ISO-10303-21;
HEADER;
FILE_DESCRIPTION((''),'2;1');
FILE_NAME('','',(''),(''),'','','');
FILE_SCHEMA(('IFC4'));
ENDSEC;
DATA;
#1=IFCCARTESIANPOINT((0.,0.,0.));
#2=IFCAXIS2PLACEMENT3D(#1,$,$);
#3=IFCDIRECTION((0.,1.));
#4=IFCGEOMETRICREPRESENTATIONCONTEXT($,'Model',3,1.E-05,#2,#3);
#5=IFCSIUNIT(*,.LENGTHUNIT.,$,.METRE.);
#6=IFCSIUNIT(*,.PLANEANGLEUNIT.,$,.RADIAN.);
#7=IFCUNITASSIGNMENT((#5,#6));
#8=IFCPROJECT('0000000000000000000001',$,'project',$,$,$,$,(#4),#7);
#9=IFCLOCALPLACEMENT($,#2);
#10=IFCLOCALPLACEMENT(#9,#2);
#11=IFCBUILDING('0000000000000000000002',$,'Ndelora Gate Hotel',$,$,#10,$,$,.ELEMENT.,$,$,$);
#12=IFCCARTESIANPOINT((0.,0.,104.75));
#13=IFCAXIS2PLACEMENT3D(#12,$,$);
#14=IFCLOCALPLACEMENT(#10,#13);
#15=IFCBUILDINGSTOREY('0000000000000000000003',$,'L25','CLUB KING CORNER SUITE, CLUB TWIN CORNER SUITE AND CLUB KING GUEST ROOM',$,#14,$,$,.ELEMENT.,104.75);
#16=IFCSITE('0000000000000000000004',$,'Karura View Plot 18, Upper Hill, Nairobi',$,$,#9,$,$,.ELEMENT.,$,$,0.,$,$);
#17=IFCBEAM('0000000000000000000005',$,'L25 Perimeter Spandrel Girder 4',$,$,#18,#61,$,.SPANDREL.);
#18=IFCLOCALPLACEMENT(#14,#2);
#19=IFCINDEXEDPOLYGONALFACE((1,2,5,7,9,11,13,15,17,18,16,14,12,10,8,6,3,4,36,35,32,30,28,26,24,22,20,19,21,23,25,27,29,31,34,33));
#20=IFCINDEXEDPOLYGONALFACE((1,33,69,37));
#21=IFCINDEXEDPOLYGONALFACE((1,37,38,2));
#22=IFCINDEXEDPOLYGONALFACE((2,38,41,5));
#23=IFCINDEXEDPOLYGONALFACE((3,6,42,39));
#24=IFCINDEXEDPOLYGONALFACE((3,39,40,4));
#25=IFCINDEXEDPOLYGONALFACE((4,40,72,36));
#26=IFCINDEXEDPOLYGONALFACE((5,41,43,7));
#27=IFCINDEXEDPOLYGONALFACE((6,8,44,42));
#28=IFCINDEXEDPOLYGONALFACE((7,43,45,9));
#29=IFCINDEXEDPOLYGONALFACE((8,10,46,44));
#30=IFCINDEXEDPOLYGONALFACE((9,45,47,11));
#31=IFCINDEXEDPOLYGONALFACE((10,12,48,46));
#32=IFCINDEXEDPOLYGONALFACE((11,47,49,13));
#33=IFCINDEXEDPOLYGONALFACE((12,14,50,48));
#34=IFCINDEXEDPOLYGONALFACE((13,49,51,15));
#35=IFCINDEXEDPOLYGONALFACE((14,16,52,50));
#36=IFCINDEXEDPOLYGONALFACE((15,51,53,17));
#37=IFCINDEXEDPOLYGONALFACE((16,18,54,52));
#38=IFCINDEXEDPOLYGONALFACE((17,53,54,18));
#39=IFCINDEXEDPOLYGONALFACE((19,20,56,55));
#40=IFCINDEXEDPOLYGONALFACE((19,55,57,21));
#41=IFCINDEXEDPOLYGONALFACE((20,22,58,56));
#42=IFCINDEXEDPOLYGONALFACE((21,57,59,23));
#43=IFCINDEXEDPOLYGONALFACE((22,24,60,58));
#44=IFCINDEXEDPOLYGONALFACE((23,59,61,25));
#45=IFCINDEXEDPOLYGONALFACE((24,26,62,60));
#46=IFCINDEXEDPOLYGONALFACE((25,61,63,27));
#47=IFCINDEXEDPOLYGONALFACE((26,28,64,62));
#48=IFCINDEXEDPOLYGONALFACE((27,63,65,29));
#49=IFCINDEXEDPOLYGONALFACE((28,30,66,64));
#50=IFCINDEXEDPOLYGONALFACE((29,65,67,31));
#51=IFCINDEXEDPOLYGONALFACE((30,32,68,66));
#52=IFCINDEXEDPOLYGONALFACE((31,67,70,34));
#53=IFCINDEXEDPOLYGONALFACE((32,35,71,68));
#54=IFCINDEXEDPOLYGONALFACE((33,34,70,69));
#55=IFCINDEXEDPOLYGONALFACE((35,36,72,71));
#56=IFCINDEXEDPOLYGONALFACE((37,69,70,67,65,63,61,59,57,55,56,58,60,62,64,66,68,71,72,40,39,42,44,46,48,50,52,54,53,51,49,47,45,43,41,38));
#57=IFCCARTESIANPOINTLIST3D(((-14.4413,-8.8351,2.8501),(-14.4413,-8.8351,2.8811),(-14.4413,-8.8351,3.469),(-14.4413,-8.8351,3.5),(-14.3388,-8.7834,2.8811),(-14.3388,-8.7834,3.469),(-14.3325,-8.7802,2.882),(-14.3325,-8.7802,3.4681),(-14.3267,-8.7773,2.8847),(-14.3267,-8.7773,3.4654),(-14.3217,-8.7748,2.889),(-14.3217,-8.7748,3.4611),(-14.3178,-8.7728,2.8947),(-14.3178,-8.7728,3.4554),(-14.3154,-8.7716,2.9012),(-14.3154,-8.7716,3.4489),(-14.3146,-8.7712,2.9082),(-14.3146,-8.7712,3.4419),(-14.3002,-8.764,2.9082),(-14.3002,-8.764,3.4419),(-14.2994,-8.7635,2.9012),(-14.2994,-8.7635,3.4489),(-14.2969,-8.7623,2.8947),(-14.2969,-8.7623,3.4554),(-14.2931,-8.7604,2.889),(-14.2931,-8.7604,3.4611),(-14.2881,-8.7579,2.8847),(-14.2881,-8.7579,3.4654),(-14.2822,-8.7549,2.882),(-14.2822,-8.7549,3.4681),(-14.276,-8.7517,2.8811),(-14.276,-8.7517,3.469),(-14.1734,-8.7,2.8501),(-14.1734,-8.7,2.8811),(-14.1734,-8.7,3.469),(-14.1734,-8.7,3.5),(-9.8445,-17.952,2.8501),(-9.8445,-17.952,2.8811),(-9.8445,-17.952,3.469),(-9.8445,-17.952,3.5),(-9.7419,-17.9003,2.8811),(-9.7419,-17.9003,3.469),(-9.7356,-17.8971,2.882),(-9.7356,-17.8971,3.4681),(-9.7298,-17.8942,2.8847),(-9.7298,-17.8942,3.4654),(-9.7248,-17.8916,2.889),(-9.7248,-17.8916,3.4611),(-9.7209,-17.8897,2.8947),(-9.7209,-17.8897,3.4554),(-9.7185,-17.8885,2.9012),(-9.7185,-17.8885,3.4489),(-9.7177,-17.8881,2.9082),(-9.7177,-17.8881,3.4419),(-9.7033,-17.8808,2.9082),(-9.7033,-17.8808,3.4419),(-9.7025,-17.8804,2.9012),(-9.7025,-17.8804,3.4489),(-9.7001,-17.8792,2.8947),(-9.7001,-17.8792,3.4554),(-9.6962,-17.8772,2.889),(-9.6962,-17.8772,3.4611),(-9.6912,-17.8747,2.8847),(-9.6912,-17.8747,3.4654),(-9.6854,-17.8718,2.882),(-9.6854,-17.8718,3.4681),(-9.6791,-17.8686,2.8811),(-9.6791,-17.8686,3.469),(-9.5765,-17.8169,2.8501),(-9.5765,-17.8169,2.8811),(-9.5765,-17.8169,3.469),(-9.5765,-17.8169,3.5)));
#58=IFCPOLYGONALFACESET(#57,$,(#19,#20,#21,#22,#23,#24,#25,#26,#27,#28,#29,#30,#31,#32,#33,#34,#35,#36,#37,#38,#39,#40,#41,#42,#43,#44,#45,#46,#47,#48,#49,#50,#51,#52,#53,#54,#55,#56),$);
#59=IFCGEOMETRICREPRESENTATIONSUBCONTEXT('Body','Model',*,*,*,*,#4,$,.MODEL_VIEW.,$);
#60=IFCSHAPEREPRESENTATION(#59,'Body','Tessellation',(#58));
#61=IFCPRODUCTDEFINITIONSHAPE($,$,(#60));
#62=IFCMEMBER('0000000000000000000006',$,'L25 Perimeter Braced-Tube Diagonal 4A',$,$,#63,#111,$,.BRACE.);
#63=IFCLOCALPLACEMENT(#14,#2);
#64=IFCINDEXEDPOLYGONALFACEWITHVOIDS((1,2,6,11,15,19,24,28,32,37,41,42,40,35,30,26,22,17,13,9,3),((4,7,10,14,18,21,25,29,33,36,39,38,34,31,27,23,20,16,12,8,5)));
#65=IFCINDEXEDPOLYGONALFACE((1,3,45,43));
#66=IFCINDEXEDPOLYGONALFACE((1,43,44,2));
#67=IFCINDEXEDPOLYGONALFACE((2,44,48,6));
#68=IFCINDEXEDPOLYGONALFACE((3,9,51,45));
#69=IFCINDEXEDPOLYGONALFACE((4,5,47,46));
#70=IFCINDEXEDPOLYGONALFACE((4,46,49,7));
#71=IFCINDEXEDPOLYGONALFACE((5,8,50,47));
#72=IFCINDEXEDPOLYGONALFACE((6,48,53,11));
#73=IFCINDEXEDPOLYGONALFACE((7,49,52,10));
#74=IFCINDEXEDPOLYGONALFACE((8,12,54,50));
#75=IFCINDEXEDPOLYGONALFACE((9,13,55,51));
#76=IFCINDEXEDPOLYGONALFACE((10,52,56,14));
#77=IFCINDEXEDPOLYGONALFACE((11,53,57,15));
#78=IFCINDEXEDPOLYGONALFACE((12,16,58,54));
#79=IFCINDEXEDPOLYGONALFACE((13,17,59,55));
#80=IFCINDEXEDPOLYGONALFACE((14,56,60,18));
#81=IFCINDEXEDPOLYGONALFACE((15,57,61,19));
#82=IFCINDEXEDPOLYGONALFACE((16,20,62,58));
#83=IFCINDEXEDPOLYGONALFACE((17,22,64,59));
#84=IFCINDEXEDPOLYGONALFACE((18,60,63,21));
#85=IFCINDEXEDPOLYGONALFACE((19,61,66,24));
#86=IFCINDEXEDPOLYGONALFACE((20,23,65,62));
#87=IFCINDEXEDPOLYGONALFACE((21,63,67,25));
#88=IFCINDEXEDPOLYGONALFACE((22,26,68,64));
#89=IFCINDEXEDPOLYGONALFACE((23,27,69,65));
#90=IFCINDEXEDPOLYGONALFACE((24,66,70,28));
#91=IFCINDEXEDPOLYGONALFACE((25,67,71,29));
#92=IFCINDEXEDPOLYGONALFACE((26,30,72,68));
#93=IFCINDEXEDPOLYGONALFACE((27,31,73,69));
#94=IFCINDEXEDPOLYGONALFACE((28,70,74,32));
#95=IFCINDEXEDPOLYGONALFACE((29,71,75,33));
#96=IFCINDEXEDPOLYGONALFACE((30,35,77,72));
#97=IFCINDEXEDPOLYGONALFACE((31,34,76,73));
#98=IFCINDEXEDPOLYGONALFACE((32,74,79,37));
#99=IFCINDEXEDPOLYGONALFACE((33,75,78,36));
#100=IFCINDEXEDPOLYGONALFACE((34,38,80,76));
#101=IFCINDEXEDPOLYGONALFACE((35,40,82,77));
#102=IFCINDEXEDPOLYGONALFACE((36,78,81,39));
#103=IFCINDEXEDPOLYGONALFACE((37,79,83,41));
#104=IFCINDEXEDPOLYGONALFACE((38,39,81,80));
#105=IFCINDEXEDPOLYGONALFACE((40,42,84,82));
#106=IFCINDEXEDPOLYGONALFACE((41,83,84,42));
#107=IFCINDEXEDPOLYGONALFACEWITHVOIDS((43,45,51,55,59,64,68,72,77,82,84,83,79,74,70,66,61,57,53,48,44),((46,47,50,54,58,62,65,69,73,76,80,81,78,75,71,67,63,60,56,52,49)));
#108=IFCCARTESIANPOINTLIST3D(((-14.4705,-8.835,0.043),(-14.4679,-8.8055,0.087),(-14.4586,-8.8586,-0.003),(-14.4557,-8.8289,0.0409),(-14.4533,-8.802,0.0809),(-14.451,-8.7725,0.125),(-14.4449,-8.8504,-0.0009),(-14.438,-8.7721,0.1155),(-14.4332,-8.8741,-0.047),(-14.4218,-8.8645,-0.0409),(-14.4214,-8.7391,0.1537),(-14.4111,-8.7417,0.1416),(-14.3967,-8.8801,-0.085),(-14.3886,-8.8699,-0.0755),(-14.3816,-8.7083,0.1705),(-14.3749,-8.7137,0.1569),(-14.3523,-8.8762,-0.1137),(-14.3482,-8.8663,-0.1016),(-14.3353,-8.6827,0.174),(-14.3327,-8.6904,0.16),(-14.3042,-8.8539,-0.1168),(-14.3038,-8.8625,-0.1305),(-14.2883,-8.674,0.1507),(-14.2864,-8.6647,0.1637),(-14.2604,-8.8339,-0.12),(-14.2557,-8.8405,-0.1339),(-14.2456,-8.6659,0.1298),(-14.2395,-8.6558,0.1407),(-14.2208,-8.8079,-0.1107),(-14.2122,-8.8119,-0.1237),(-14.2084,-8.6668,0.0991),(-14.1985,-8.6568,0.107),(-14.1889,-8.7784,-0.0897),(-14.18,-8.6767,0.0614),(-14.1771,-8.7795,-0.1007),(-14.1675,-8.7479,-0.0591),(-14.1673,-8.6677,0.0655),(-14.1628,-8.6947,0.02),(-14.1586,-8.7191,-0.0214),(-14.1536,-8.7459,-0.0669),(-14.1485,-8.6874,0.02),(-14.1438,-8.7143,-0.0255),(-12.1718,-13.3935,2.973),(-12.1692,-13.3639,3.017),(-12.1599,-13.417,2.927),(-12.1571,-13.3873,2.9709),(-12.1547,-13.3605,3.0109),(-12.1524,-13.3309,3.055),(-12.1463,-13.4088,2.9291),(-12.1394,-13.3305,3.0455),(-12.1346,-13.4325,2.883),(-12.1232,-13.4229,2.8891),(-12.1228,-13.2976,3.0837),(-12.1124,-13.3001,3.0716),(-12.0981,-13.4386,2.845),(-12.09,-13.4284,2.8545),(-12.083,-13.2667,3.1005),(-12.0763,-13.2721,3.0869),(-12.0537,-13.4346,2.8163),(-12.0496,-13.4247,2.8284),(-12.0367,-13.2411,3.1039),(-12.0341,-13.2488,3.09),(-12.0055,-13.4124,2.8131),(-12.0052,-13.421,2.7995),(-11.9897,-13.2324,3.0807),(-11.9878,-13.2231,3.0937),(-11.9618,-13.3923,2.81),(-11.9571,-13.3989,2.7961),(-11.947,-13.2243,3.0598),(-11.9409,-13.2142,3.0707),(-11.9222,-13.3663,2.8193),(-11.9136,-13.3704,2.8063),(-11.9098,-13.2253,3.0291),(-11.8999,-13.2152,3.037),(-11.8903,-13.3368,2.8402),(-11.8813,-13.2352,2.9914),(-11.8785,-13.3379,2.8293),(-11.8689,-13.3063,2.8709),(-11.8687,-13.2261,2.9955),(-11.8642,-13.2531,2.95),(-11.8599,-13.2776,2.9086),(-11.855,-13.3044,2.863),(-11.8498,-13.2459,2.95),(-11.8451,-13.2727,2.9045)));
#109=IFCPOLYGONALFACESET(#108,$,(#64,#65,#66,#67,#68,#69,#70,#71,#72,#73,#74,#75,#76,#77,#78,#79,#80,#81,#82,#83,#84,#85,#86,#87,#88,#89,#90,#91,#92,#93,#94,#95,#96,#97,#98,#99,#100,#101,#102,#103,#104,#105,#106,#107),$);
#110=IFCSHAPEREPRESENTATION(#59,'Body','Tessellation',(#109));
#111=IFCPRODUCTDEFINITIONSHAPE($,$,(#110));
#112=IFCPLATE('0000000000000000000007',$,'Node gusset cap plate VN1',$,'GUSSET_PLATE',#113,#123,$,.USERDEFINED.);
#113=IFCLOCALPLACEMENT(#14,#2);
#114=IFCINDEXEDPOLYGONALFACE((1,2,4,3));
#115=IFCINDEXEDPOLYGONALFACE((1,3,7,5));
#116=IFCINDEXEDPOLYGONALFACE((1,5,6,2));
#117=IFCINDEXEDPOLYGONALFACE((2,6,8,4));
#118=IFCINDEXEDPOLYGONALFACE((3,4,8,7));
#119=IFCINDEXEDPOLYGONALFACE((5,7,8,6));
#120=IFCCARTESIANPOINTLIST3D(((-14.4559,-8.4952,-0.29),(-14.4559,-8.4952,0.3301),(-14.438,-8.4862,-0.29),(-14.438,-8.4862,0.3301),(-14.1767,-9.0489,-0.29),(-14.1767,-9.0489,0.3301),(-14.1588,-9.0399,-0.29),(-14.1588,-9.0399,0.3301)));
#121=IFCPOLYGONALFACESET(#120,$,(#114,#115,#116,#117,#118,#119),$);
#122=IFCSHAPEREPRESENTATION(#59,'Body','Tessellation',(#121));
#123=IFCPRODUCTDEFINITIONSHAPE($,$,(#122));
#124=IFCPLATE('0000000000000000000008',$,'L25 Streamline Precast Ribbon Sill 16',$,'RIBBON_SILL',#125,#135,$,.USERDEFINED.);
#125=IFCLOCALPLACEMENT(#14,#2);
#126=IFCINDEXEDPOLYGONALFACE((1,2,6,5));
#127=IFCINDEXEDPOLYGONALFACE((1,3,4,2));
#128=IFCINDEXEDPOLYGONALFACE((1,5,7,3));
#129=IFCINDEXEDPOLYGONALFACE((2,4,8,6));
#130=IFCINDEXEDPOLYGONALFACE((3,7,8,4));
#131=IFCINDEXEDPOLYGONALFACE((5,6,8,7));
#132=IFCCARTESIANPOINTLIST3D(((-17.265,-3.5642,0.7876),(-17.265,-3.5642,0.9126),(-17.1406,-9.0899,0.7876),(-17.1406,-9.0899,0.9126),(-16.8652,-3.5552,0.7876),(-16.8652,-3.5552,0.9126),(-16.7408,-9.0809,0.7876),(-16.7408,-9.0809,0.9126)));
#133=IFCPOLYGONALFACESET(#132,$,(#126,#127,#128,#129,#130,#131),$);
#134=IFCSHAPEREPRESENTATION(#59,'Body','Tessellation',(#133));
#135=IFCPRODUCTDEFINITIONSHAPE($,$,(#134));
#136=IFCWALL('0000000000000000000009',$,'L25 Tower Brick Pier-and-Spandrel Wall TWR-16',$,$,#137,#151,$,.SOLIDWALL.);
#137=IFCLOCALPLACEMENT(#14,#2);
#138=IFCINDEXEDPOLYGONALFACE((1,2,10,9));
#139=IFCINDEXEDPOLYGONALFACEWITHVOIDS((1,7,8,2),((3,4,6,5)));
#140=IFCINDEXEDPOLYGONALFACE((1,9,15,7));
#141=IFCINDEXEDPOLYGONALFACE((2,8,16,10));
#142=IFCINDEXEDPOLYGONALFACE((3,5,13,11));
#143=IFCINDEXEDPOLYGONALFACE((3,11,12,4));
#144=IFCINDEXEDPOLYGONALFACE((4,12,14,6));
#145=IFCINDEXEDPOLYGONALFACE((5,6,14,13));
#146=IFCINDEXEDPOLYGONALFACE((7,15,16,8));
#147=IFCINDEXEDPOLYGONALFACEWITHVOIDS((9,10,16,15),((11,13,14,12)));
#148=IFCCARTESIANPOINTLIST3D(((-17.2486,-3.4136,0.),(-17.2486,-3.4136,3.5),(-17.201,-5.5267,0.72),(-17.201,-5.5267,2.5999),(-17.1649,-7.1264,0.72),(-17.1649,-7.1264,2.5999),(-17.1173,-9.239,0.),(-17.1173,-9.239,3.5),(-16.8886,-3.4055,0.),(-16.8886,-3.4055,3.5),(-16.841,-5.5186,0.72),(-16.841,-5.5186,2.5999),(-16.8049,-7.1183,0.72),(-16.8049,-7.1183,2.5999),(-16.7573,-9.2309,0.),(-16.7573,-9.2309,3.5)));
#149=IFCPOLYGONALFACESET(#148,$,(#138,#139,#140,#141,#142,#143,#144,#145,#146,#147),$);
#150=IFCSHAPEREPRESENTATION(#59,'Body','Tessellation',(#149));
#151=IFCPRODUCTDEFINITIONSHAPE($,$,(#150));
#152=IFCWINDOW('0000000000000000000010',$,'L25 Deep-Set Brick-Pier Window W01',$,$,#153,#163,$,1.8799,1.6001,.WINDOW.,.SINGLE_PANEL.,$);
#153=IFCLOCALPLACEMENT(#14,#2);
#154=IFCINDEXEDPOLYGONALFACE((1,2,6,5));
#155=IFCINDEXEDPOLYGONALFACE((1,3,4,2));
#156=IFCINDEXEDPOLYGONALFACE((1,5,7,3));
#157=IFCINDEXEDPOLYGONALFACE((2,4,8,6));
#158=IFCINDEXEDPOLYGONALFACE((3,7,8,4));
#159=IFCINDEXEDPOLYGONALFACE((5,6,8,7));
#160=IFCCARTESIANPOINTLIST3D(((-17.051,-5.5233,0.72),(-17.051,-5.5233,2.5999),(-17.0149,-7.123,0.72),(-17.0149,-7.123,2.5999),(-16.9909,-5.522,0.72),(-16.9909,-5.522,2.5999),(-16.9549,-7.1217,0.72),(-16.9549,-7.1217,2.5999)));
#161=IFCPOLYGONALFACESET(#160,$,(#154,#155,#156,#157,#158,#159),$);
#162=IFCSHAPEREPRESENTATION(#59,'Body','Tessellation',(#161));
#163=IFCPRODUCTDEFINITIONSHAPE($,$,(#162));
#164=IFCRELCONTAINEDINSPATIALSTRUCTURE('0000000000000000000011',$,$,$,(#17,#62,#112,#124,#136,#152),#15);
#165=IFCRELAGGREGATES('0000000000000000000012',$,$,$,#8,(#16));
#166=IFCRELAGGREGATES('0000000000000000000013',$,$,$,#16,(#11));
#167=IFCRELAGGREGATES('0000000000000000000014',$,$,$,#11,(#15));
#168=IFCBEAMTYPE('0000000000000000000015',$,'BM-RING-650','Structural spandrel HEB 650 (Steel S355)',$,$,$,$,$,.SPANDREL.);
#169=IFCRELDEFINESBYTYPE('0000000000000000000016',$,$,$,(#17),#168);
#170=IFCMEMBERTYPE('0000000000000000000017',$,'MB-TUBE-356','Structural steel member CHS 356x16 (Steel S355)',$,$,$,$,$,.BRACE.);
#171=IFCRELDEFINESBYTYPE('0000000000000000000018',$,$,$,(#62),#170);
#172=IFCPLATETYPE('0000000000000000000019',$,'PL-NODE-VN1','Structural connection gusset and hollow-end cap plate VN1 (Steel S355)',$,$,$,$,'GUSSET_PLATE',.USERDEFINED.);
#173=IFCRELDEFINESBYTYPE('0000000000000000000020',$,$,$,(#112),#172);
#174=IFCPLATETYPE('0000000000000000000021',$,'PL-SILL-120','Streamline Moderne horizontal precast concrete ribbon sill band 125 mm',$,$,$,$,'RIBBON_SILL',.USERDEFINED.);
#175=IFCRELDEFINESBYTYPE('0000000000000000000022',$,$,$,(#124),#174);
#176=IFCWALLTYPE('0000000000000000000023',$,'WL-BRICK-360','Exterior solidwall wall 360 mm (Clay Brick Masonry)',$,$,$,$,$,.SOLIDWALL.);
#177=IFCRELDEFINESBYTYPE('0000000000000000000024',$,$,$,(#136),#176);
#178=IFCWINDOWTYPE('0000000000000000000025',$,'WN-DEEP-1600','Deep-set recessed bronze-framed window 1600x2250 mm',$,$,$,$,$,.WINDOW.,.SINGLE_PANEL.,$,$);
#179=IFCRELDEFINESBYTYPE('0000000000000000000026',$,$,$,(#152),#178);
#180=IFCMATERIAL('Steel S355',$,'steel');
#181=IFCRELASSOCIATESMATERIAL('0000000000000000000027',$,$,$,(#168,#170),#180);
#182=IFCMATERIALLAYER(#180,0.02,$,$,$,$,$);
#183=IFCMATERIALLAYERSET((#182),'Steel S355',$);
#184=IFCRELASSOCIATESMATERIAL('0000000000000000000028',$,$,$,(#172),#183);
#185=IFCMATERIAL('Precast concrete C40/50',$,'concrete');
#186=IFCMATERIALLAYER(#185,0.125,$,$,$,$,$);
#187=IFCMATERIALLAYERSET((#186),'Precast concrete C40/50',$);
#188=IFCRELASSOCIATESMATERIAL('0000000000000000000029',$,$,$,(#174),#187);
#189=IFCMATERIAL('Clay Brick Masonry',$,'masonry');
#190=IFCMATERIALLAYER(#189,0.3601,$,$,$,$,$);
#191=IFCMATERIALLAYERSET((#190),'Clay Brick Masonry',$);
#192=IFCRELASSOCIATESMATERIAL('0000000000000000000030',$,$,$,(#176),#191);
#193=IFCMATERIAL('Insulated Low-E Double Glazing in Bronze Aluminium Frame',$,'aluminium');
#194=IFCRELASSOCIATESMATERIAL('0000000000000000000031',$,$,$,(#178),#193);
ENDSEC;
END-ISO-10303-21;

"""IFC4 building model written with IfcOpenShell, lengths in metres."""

from ifc_helpers import new_model, si_unit, direction, frame, frame_2d, origin, origin_2d, place, context, subcontext, project, spatial, rectangle, hollow_circle, i_section, extrude, material, layer, layer_set, material_profile, profile_set, type_object, element, fill, save


model = new_model("IFC4")

# Units and contexts
model_context = context("Model", 3, precision=1e-05, world=origin(), true_north=direction((0.0, 1.0)))
body_context = subcontext(model_context, "Body", "Model", "MODEL_VIEW")
ifc_project = project(units=[si_unit("LENGTHUNIT", "METRE"), si_unit("PLANEANGLEUNIT", "RADIAN")], contexts=[model_context])

# Site, building, storey
site_placement = place(None, origin())
site = spatial("IfcSite", under=ifc_project, at=site_placement, Name="Karura View Plot 18, Upper Hill, Nairobi", CompositionType="ELEMENT", RefElevation=0.0)
building_placement = place(site_placement, origin())
building = spatial("IfcBuilding", under=site, at=building_placement, Name="Ndelora Gate Hotel", CompositionType="ELEMENT")
storey_placement = place(building_placement, frame((0.0, 0.0, 104.75)))
storey = spatial("IfcBuildingStorey", under=building, at=storey_placement, Name="L25", Description="CLUB KING CORNER SUITE, CLUB TWIN CORNER SUITE AND CLUB KING GUEST ROOM", CompositionType="ELEMENT", Elevation=104.75)

# Beam
ifc_material_1 = material(Name="Steel S355", Category="steel")
ifc_material_profile_1 = material_profile(ifc_material_1, i_section(OverallWidth=0.3, OverallDepth=0.6499, WebThickness=0.0161, FlangeThickness=0.031, FilletRadius=0.0271, at=origin_2d()), Name="HEB 650")
ifc_profile_set_1 = profile_set([ifc_material_profile_1], Name="Steel S355")
beam_type_1 = type_object("IfcBeamType", Name="BM-RING-650", Description="Structural spandrel HEB 650 (Steel S355)", PredefinedType="SPANDREL", material=ifc_profile_set_1)
beam_1_placement = place(storey_placement, frame((-14.3074, -8.7676, 3.175), z_axis=(0.450224, -0.892916, 0.0), x_axis=(0.892916, 0.450224, 0.0)))
element("IfcBeam", 1, at=beam_1_placement, inside=storey, type_object=beam_type_1, Name="L25 Perimeter Spandrel Girder 4", PredefinedType="SPANDREL", context=body_context, shape_type="SweptSolid", body=[
    extrude(i_section(OverallWidth=0.3, OverallDepth=0.6499, WebThickness=0.0161, FlangeThickness=0.031, FilletRadius=0.0271, at=origin_2d()), origin(), (0.0, 0.0, 1.0), 10.2102),
])

# Member
ifc_material_profile_2 = material_profile(ifc_material_1, hollow_circle(Radius=0.178, WallThickness=0.0161, at=origin_2d()), Name="CHS 356x16")
ifc_profile_set_2 = profile_set([ifc_material_profile_2], Name="Steel S355")
member_type = type_object("IfcMemberType", Name="MB-TUBE-356", Description="Structural steel member CHS 356x16 (Steel S355)", PredefinedType="BRACE", material=ifc_profile_set_2)
member_placement = place(storey_placement, frame((-14.3074, -8.7676, 0.02), z_axis=(0.390508, -0.774422, 0.497769), x_axis=(0.892901, 0.450253, 0.0)))
element("IfcMember", 2, at=member_placement, inside=storey, type_object=member_type, Name="L25 Perimeter Braced-Tube Diagonal 4A", PredefinedType="BRACE", context=body_context, shape_type="SweptSolid", body=[
    extrude(hollow_circle(Radius=0.178, WallThickness=0.0161, at=origin_2d()), origin(), (0.0, 0.0, 1.0), 5.8862),
])

# Plates
ifc_layer_1 = layer(ifc_material_1, 0.02)
ifc_layer_set_1 = layer_set([ifc_layer_1], Name="Steel S355")
plate_type_1 = type_object("IfcPlateType", Name="PL-NODE-VN1", Description="Structural connection gusset and hollow-end cap plate VN1 (Steel S355)", ElementType="GUSSET_PLATE", PredefinedType="USERDEFINED", material=ifc_layer_set_1)
plate_1_placement = place(storey_placement, frame((-14.3074, -8.7676, -0.29), z_axis=(0.0, 0.0, 1.0), x_axis=(-0.450254, 0.8929, 0.0)))
element("IfcPlate", 3, at=plate_1_placement, inside=storey, type_object=plate_type_1, Name="Node gusset cap plate VN1", ObjectType="GUSSET_PLATE", PredefinedType="USERDEFINED", context=body_context, shape_type="SweptSolid", body=[
    extrude(rectangle(XDim=0.6201, YDim=0.02, at=origin_2d()), origin(), (0.0, 0.0, 1.0), 0.6201),
])
ifc_material_2 = material(Name="Precast concrete C40/50", Category="concrete")
ifc_layer_2 = layer(ifc_material_2, 0.125)
ifc_layer_set_2 = layer_set([ifc_layer_2], Name="Precast concrete C40/50")
plate_type_2 = type_object("IfcPlateType", Name="PL-SILL-120", Description="Streamline Moderne horizontal precast concrete ribbon sill band 125 mm", ElementType="RIBBON_SILL", PredefinedType="USERDEFINED", material=ifc_layer_set_2)
plate_2_placement = place(storey_placement, frame((-17.0029, -6.3225, 0.7876), z_axis=(0.0, 0.0, 1.0), x_axis=(-0.022513, 0.999747, 0.0)))
element("IfcPlate", 4, at=plate_2_placement, inside=storey, type_object=plate_type_2, Name="L25 Streamline Precast Ribbon Sill 16", ObjectType="RIBBON_SILL", PredefinedType="USERDEFINED", context=body_context, shape_type="SweptSolid", body=[
    extrude(rectangle(XDim=5.5271, YDim=0.3999, at=origin_2d()), origin(), (0.0, 0.0, 1.0), 0.125),
])

# Wall, opening, window
ifc_material_3 = material(Name="Clay Brick Masonry", Category="masonry")
ifc_layer_3 = layer(ifc_material_3, 0.3601)
ifc_layer_set_3 = layer_set([ifc_layer_3], Name="Clay Brick Masonry")
wall_type_1 = type_object("IfcWallType", Name="WL-BRICK-360", Description="Exterior solidwall wall 360 mm (Clay Brick Masonry)", PredefinedType="SOLIDWALL", material=ifc_layer_set_3)
wall_1_placement = place(storey_placement, frame((-16.9373, -9.2351, 0.0), z_axis=(0.0, 0.0, 1.0), x_axis=(-0.022542, 0.999746, 0.0)))
wall_1 = element("IfcWall", 5, at=wall_1_placement, inside=storey, type_object=wall_type_1, Name="L25 Tower Brick Pier-and-Spandrel Wall TWR-16", PredefinedType="SOLIDWALL", context=body_context, shape_type="SweptSolid", body=[
    extrude(rectangle(XDim=5.8269, YDim=0.3601, at=frame_2d((2.9136, 0.0))), origin(), (0.0, 0.0, 1.0), 3.5),
])
opening_1_placement = place(wall_1_placement, frame((2.1133, 0.0, 0.72)))
opening_1 = element("IfcOpeningElement", 6, at=opening_1_placement, cuts=wall_1, PredefinedType="OPENING", context=body_context, shape_type="SweptSolid", body=[
    extrude(rectangle(XDim=1.6001, YDim=1.8799, at=frame_2d((0.8, 0.9399))), frame((0.0, 0.1899, 0.0), z_axis=(0.0, -1.0, 0.0), x_axis=(1.0, 0.0, 0.0)), (0.0, 0.0, 1.0), 0.3801),
])
ifc_material_4 = material(Name="Insulated Low-E Double Glazing in Bronze Aluminium Frame", Category="aluminium")
window_type_1 = type_object("IfcWindowType", Name="WN-DEEP-1600", Description="Deep-set recessed bronze-framed window 1600x2250 mm", PartitioningType="SINGLE_PANEL", PredefinedType="WINDOW", material=ifc_material_4)
window_1_placement = place(opening_1_placement, origin())
window_1 = element("IfcWindow", 7, at=window_1_placement, inside=storey, type_object=window_type_1, Name="L25 Deep-Set Brick-Pier Window W01", OverallHeight=1.8799, OverallWidth=1.6001, PartitioningType="SINGLE_PANEL", PredefinedType="WINDOW", context=body_context, shape_type="SweptSolid", body=[
    extrude(rectangle(XDim=1.6001, YDim=1.8799, at=frame_2d((0.8, 0.9399))), frame((0.0, 0.03, 0.0), z_axis=(0.0, -1.0, 0.0), x_axis=(1.0, 0.0, 0.0)), (0.0, 0.0, 1.0), 0.0601),
])
fill(opening_1, window_1)

save(model, "model.ifc")
